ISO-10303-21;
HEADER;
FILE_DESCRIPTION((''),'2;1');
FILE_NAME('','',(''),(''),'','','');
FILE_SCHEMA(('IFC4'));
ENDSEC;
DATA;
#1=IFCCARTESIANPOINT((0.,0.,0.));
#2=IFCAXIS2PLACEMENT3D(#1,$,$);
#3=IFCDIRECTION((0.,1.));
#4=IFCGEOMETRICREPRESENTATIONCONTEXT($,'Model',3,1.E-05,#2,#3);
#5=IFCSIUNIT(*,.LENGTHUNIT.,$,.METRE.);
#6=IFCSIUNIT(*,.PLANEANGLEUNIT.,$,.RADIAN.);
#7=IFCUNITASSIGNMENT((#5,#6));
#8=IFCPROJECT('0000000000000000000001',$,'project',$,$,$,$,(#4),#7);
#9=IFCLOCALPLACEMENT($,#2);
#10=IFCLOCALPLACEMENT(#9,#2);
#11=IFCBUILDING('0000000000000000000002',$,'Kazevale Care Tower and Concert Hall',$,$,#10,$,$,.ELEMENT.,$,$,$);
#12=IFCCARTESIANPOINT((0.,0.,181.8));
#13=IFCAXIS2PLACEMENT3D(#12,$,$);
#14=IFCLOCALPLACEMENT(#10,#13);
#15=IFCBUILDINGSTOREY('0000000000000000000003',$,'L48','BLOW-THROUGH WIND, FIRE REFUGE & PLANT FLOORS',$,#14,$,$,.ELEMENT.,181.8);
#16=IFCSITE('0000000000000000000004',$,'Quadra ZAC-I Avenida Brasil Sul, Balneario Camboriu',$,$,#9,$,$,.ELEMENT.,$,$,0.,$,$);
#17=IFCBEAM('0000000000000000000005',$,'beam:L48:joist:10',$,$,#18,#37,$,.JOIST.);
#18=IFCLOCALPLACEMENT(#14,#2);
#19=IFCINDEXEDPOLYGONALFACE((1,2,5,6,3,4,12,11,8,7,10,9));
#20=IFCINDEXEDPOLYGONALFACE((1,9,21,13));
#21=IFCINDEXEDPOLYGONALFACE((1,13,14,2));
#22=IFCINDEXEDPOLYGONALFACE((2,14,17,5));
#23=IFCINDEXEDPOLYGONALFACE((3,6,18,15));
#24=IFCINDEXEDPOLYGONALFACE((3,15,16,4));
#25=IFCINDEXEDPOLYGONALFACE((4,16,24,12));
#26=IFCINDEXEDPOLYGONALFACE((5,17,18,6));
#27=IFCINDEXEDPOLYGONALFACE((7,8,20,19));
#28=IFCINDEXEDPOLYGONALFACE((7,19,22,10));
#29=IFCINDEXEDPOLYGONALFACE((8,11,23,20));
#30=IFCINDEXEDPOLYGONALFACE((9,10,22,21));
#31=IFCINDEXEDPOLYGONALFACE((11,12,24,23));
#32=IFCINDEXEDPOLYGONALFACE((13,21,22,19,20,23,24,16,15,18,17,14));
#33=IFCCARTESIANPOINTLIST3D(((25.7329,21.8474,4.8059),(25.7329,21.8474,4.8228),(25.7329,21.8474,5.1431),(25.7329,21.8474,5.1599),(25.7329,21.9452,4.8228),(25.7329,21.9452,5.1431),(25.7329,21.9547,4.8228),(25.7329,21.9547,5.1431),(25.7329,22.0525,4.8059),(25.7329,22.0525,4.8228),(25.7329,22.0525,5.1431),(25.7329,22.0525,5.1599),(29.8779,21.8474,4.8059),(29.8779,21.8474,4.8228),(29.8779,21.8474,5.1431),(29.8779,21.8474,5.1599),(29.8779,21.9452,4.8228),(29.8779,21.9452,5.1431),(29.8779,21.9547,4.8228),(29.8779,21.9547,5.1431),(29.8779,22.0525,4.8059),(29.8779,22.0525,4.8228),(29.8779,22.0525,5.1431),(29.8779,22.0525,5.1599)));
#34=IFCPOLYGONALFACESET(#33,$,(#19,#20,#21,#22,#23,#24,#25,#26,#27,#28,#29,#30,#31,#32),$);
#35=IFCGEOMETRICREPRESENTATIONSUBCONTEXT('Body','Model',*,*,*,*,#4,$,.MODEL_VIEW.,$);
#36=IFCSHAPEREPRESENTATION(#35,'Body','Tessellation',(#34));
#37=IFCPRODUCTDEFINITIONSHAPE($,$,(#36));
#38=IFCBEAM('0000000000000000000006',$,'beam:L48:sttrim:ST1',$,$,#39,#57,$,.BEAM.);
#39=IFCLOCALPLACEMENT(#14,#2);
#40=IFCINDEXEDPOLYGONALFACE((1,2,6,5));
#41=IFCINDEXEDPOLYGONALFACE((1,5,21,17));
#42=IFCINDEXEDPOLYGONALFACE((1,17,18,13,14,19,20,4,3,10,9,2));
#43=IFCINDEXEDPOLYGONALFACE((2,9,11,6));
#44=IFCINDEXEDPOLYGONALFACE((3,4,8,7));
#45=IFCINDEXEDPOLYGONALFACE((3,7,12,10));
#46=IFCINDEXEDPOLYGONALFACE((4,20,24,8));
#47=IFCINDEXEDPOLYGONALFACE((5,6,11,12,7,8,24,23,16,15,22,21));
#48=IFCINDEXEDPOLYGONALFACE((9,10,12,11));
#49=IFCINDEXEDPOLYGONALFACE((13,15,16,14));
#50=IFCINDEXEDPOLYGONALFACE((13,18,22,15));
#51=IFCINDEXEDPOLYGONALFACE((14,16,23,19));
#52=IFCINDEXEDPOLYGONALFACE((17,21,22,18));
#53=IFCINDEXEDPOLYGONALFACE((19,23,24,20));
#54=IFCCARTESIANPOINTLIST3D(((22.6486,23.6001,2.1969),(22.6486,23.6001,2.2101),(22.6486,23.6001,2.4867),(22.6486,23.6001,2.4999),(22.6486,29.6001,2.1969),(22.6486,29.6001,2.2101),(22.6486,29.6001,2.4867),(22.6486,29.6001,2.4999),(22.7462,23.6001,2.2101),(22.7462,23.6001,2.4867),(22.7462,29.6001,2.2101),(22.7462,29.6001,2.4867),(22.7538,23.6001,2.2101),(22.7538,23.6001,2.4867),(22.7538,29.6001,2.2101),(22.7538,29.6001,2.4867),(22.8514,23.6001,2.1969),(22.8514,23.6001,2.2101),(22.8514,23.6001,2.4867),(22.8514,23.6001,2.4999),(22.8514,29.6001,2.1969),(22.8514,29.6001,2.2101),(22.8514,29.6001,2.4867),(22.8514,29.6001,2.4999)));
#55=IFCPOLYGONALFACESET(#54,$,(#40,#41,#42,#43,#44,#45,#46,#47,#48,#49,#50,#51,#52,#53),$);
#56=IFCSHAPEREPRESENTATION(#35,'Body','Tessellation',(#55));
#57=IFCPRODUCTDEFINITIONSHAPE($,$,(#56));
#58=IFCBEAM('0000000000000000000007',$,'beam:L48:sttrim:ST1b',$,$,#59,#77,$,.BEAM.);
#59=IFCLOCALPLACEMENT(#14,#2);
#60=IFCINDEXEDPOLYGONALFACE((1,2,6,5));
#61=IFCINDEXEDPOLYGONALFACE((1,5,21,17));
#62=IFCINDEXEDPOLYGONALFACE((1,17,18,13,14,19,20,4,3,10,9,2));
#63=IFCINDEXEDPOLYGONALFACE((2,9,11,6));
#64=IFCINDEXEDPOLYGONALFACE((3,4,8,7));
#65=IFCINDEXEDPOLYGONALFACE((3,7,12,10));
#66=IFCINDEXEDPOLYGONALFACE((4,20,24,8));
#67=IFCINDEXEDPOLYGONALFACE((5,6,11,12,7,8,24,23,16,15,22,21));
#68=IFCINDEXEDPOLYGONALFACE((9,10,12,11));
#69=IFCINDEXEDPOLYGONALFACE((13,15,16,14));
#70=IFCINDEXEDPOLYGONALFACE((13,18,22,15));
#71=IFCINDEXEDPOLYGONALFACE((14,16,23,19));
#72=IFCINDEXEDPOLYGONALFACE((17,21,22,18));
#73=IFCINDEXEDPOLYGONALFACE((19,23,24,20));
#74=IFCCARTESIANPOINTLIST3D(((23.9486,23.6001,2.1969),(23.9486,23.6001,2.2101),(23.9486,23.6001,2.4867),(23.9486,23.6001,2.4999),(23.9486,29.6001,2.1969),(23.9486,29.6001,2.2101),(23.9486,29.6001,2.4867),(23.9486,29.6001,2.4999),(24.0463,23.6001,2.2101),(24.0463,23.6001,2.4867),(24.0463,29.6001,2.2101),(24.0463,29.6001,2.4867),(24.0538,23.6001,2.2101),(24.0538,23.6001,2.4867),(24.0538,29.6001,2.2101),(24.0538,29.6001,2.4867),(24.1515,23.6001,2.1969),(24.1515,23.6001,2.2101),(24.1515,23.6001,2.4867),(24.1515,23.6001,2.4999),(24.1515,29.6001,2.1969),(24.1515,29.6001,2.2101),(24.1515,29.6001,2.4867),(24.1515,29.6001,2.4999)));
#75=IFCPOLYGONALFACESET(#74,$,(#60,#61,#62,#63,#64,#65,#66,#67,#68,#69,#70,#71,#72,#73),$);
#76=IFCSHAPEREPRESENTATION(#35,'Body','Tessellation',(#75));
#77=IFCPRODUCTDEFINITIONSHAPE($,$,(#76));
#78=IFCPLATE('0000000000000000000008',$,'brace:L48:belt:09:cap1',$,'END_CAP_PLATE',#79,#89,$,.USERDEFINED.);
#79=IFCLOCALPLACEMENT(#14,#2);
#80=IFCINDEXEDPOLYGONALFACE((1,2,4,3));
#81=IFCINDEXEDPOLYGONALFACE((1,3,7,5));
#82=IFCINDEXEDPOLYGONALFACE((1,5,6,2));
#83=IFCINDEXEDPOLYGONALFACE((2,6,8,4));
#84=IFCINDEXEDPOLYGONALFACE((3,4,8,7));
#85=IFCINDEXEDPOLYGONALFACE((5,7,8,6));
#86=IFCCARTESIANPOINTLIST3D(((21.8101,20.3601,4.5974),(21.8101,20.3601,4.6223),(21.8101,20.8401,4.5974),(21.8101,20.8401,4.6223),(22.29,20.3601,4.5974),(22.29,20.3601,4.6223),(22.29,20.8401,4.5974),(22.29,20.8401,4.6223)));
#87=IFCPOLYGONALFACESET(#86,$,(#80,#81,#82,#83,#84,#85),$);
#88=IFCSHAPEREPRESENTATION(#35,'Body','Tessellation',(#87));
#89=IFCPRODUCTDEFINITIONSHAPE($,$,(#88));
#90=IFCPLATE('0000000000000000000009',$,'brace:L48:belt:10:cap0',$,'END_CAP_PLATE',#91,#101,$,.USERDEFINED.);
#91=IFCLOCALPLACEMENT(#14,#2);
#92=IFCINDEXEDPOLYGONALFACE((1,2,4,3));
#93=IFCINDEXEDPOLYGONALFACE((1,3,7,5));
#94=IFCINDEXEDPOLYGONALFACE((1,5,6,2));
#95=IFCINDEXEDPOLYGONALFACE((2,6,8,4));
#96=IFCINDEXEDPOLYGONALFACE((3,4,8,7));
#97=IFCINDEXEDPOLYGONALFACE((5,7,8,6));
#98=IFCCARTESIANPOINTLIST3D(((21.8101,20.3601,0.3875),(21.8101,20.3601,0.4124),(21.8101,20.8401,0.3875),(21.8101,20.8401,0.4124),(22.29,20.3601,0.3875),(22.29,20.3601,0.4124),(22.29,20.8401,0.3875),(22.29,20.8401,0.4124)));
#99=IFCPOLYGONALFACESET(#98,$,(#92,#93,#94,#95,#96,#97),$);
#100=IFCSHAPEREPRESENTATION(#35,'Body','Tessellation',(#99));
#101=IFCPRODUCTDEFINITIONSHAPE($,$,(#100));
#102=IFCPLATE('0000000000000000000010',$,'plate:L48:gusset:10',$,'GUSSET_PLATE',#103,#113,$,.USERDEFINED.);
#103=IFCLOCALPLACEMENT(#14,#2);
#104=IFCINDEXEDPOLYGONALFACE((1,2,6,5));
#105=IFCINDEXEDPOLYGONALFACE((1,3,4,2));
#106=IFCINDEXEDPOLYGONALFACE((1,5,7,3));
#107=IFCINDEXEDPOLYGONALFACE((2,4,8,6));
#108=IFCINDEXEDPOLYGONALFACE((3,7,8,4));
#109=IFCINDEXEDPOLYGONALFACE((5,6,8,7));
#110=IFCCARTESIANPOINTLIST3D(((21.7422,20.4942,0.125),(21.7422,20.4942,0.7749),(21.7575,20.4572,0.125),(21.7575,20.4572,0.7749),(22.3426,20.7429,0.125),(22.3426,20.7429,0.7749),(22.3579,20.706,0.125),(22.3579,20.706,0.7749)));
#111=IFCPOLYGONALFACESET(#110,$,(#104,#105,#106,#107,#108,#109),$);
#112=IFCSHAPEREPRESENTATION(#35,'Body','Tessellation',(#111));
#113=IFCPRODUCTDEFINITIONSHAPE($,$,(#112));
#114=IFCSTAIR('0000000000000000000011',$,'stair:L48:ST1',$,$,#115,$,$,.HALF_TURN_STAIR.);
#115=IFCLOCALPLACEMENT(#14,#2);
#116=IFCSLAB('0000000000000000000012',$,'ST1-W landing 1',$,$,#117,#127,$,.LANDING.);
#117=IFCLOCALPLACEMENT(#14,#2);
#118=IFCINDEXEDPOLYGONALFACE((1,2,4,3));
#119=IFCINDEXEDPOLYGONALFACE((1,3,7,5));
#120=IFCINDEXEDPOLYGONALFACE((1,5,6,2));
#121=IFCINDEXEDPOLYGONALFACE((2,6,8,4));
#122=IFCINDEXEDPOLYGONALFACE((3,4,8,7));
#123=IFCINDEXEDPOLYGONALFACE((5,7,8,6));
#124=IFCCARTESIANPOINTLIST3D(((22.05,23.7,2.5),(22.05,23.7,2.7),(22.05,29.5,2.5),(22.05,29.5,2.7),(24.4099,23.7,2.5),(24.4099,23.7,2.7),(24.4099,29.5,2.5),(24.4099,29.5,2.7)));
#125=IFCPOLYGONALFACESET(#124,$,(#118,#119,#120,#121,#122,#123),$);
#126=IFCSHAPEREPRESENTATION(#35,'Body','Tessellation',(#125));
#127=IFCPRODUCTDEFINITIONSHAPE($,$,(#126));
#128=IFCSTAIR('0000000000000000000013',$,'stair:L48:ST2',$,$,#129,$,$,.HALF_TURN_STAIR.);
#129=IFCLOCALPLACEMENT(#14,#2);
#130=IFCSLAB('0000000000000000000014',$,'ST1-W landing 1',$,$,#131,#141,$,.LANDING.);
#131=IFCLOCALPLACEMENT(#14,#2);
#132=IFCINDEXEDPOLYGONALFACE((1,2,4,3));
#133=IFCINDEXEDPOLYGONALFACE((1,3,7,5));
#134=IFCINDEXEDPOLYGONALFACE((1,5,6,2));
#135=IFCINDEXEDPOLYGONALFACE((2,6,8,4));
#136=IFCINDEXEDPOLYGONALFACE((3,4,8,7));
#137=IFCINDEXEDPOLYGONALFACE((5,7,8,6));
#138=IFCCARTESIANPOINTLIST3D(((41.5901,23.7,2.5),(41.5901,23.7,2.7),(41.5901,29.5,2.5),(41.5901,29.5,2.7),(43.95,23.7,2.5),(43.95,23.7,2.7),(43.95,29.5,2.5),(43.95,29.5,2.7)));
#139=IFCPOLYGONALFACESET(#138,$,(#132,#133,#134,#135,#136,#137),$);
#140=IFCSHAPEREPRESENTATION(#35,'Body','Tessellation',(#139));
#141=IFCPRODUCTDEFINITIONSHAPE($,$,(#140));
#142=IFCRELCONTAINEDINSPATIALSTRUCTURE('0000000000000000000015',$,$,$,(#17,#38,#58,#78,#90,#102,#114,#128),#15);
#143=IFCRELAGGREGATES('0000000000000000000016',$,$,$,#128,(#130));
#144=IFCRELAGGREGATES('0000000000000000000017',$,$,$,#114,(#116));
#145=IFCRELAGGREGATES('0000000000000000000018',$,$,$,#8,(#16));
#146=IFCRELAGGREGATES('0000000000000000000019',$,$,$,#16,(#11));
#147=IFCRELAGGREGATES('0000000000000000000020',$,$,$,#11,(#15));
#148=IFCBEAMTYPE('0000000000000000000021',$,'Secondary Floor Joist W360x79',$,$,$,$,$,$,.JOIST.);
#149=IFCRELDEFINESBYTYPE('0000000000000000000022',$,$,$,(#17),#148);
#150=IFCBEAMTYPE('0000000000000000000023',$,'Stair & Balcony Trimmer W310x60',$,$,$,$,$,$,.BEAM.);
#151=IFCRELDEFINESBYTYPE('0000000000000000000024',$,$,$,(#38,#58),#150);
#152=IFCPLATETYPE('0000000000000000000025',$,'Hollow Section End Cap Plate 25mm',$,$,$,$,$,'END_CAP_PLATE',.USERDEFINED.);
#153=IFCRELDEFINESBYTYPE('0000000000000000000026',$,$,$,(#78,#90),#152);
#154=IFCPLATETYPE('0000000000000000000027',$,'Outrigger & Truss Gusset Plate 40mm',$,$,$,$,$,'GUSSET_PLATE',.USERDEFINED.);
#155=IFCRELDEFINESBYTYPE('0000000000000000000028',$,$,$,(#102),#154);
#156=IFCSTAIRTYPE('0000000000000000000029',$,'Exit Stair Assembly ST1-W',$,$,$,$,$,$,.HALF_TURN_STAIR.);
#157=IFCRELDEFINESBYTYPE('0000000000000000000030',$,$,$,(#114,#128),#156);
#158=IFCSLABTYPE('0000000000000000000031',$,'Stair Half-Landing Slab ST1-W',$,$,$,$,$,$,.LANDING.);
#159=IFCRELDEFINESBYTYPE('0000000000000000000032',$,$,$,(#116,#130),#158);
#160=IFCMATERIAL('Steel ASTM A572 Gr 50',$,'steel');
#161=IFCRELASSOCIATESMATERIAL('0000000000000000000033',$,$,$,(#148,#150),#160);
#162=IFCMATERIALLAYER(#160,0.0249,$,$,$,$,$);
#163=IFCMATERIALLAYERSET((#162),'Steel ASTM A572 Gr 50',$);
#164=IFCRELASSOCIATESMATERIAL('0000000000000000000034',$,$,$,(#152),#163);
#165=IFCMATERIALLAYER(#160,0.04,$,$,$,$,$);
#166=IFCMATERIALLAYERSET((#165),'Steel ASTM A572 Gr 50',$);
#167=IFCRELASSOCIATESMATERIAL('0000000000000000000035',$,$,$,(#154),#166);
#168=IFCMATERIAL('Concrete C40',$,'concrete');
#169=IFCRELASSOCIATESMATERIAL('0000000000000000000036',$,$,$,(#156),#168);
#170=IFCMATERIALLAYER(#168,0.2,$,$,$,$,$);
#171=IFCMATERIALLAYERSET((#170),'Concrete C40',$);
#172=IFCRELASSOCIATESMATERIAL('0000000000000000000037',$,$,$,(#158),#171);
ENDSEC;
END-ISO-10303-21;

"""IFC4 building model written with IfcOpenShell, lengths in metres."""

from ifc_helpers import new_model, si_unit, direction, frame, origin, origin_2d, place, context, subcontext, project, spatial, polyline, rectangle, i_section, outline, extrude, material, layer, layer_set, material_profile, profile_set, type_object, element, aggregate, save


model = new_model("IFC4")

# Units and contexts
model_context = context("Model", 3, precision=1e-05, world=origin(), true_north=direction((0.0, 1.0)))
body_context = subcontext(model_context, "Body", "Model", "MODEL_VIEW")
ifc_project = project(units=[si_unit("LENGTHUNIT", "METRE"), si_unit("PLANEANGLEUNIT", "RADIAN")], contexts=[model_context])

# Site, building, storey
site_placement = place(None, origin())
site = spatial("IfcSite", under=ifc_project, at=site_placement, Name="Quadra ZAC-I Avenida Brasil Sul, Balneario Camboriu", CompositionType="ELEMENT", RefElevation=0.0)
building_placement = place(site_placement, origin())
building = spatial("IfcBuilding", under=site, at=building_placement, Name="Kazevale Care Tower and Concert Hall", CompositionType="ELEMENT")
storey_placement = place(building_placement, frame((0.0, 0.0, 181.8)))
storey = spatial("IfcBuildingStorey", under=building, at=storey_placement, Name="L48", Description="BLOW-THROUGH WIND, FIRE REFUGE & PLANT FLOORS", CompositionType="ELEMENT", Elevation=181.8)

# Shared definitions
ifc_material_1 = material(Name="Steel ASTM A572 Gr 50", Category="steel")

# Beams
ifc_material_profile_1 = material_profile(ifc_material_1, i_section(OverallWidth=0.2051, OverallDepth=0.354, WebThickness=0.0095, FlangeThickness=0.0168, at=origin_2d()), Name="W360x79")
ifc_profile_set_1 = profile_set([ifc_material_profile_1], Name="Steel ASTM A572 Gr 50")
beam_type_1 = type_object("IfcBeamType", Name="Secondary Floor Joist W360x79", PredefinedType="JOIST", material=ifc_profile_set_1)
beam_1_placement = place(storey_placement, frame((25.7329, 21.95, 4.9829), z_axis=(1.0, 0.0, 0.0), x_axis=(0.0, 1.0, 0.0)))
element("IfcBeam", 1, at=beam_1_placement, inside=storey, type_object=beam_type_1, Name="beam:L48:joist:10", PredefinedType="JOIST", context=body_context, shape_type="SweptSolid", body=[
    extrude(i_section(OverallWidth=0.2051, OverallDepth=0.354, WebThickness=0.0095, FlangeThickness=0.0168, at=origin_2d()), origin(), (0.0, 0.0, 1.0), 4.145),
])
ifc_material_profile_2 = material_profile(ifc_material_1, i_section(OverallWidth=0.2029, OverallDepth=0.303, WebThickness=0.0076, FlangeThickness=0.0132, at=origin_2d()), Name="W310x60")
ifc_profile_set_2 = profile_set([ifc_material_profile_2], Name="Steel ASTM A572 Gr 50")
beam_type_2 = type_object("IfcBeamType", Name="Stair & Balcony Trimmer W310x60", PredefinedType="BEAM", material=ifc_profile_set_2)
for number, where, z_axis, x_axis, name in (
    (2, (22.75, 23.6001, 2.3484), (0.0, 1.0, 0.0), (-1.0, 0.0, 0.0), "beam:L48:sttrim:ST1"),
    (3, (24.05, 23.6001, 2.3484), (0.0, 1.0, 0.0), (-1.0, 0.0, 0.0), "beam:L48:sttrim:ST1b"),
):
    element("IfcBeam", number, at=place(storey_placement, frame(where, z_axis=z_axis, x_axis=x_axis)), inside=storey, type_object=beam_type_2, Name=name, PredefinedType="BEAM", context=body_context, shape_type="SweptSolid", body=[
        extrude(i_section(OverallWidth=0.2029, OverallDepth=0.303, WebThickness=0.0076, FlangeThickness=0.0132, at=origin_2d()), origin(), (0.0, 0.0, 1.0), 6.0),
    ])

# Plates
ifc_layer_1 = layer(ifc_material_1, 0.0249)
ifc_layer_set_1 = layer_set([ifc_layer_1], Name="Steel ASTM A572 Gr 50")
plate_type_1 = type_object("IfcPlateType", Name="Hollow Section End Cap Plate 25mm", ElementType="END_CAP_PLATE", PredefinedType="USERDEFINED", material=ifc_layer_set_1)
for number, where, z_axis, x_axis, name in (
    (4, (22.05, 20.6001, 4.5974), (0.0, 0.0, 1.0), (1.0, 0.0, 0.0), "brace:L48:belt:09:cap1"),
    (5, (22.05, 20.6001, 0.3875), (0.0, 0.0, 1.0), (1.0, 0.0, 0.0), "brace:L48:belt:10:cap0"),
):
    element("IfcPlate", number, at=place(storey_placement, frame(where, z_axis=z_axis, x_axis=x_axis)), inside=storey, type_object=plate_type_1, Name=name, ObjectType="END_CAP_PLATE", PredefinedType="USERDEFINED", context=body_context, shape_type="SweptSolid", body=[
        extrude(rectangle(XDim=0.48, YDim=0.48, at=origin_2d()), origin(), (0.0, 0.0, 1.0), 0.0249),
    ])
ifc_layer_2 = layer(ifc_material_1, 0.04)
ifc_layer_set_2 = layer_set([ifc_layer_2], Name="Steel ASTM A572 Gr 50")
plate_type_2 = type_object("IfcPlateType", Name="Outrigger & Truss Gusset Plate 40mm", ElementType="GUSSET_PLATE", PredefinedType="USERDEFINED", material=ifc_layer_set_2)
plate_placement = place(storey_placement, frame((22.05, 20.6001, 0.125), z_axis=(0.0, 0.0, 1.0), x_axis=(-0.92388, -0.382683, 0.0)))
element("IfcPlate", 6, at=plate_placement, inside=storey, type_object=plate_type_2, Name="plate:L48:gusset:10", ObjectType="GUSSET_PLATE", PredefinedType="USERDEFINED", context=body_context, shape_type="SweptSolid", body=[
    extrude(rectangle(XDim=0.6499, YDim=0.04, at=origin_2d()), origin(), (0.0, 0.0, 1.0), 0.6499),
])

# Stairs, slabs
ifc_material_2 = material(Name="Concrete C40", Category="concrete")
stair_type = type_object("IfcStairType", Name="Exit Stair Assembly ST1-W", PredefinedType="HALF_TURN_STAIR", material=ifc_material_2)
stair_1_placement = place(storey_placement, origin())
stair_1 = element("IfcStair", 7, at=stair_1_placement, inside=storey, type_object=stair_type, Name="stair:L48:ST1", PredefinedType="HALF_TURN_STAIR")
ifc_layer_3 = layer(ifc_material_2, 0.2)
ifc_layer_set_3 = layer_set([ifc_layer_3], Name="Concrete C40")
slab_type_1 = type_object("IfcSlabType", Name="Stair Half-Landing Slab ST1-W", PredefinedType="LANDING", material=ifc_layer_set_3)
slab_1_placement = place(storey_placement, frame((0.0, 0.0, 2.5)))
slab_1 = element("IfcSlab", 8, at=slab_1_placement, type_object=slab_type_1, Name="ST1-W landing 1", PredefinedType="LANDING", context=body_context, shape_type="SweptSolid", body=[
    extrude(outline(polyline([(22.05, 23.7), (24.4099, 23.7), (24.4099, 29.5), (22.05, 29.5), (22.05, 23.7)])), origin(), (0.0, 0.0, 1.0), 0.2),
])
stair_2_placement = place(storey_placement, origin())
stair_2 = element("IfcStair", 9, at=stair_2_placement, inside=storey, type_object=stair_type, Name="stair:L48:ST2", PredefinedType="HALF_TURN_STAIR")
slab_2_placement = place(storey_placement, frame((0.0, 0.0, 2.5)))
slab_2 = element("IfcSlab", 10, at=slab_2_placement, type_object=slab_type_1, Name="ST1-W landing 1", PredefinedType="LANDING", context=body_context, shape_type="SweptSolid", body=[
    extrude(outline(polyline([(41.5901, 23.7), (43.95, 23.7), (43.95, 29.5), (41.5901, 29.5), (41.5901, 23.7)])), origin(), (0.0, 0.0, 1.0), 0.2),
])
aggregate(stair_2, [slab_2])

aggregate(stair_1, [slab_1])

save(model, "model.ifc")
